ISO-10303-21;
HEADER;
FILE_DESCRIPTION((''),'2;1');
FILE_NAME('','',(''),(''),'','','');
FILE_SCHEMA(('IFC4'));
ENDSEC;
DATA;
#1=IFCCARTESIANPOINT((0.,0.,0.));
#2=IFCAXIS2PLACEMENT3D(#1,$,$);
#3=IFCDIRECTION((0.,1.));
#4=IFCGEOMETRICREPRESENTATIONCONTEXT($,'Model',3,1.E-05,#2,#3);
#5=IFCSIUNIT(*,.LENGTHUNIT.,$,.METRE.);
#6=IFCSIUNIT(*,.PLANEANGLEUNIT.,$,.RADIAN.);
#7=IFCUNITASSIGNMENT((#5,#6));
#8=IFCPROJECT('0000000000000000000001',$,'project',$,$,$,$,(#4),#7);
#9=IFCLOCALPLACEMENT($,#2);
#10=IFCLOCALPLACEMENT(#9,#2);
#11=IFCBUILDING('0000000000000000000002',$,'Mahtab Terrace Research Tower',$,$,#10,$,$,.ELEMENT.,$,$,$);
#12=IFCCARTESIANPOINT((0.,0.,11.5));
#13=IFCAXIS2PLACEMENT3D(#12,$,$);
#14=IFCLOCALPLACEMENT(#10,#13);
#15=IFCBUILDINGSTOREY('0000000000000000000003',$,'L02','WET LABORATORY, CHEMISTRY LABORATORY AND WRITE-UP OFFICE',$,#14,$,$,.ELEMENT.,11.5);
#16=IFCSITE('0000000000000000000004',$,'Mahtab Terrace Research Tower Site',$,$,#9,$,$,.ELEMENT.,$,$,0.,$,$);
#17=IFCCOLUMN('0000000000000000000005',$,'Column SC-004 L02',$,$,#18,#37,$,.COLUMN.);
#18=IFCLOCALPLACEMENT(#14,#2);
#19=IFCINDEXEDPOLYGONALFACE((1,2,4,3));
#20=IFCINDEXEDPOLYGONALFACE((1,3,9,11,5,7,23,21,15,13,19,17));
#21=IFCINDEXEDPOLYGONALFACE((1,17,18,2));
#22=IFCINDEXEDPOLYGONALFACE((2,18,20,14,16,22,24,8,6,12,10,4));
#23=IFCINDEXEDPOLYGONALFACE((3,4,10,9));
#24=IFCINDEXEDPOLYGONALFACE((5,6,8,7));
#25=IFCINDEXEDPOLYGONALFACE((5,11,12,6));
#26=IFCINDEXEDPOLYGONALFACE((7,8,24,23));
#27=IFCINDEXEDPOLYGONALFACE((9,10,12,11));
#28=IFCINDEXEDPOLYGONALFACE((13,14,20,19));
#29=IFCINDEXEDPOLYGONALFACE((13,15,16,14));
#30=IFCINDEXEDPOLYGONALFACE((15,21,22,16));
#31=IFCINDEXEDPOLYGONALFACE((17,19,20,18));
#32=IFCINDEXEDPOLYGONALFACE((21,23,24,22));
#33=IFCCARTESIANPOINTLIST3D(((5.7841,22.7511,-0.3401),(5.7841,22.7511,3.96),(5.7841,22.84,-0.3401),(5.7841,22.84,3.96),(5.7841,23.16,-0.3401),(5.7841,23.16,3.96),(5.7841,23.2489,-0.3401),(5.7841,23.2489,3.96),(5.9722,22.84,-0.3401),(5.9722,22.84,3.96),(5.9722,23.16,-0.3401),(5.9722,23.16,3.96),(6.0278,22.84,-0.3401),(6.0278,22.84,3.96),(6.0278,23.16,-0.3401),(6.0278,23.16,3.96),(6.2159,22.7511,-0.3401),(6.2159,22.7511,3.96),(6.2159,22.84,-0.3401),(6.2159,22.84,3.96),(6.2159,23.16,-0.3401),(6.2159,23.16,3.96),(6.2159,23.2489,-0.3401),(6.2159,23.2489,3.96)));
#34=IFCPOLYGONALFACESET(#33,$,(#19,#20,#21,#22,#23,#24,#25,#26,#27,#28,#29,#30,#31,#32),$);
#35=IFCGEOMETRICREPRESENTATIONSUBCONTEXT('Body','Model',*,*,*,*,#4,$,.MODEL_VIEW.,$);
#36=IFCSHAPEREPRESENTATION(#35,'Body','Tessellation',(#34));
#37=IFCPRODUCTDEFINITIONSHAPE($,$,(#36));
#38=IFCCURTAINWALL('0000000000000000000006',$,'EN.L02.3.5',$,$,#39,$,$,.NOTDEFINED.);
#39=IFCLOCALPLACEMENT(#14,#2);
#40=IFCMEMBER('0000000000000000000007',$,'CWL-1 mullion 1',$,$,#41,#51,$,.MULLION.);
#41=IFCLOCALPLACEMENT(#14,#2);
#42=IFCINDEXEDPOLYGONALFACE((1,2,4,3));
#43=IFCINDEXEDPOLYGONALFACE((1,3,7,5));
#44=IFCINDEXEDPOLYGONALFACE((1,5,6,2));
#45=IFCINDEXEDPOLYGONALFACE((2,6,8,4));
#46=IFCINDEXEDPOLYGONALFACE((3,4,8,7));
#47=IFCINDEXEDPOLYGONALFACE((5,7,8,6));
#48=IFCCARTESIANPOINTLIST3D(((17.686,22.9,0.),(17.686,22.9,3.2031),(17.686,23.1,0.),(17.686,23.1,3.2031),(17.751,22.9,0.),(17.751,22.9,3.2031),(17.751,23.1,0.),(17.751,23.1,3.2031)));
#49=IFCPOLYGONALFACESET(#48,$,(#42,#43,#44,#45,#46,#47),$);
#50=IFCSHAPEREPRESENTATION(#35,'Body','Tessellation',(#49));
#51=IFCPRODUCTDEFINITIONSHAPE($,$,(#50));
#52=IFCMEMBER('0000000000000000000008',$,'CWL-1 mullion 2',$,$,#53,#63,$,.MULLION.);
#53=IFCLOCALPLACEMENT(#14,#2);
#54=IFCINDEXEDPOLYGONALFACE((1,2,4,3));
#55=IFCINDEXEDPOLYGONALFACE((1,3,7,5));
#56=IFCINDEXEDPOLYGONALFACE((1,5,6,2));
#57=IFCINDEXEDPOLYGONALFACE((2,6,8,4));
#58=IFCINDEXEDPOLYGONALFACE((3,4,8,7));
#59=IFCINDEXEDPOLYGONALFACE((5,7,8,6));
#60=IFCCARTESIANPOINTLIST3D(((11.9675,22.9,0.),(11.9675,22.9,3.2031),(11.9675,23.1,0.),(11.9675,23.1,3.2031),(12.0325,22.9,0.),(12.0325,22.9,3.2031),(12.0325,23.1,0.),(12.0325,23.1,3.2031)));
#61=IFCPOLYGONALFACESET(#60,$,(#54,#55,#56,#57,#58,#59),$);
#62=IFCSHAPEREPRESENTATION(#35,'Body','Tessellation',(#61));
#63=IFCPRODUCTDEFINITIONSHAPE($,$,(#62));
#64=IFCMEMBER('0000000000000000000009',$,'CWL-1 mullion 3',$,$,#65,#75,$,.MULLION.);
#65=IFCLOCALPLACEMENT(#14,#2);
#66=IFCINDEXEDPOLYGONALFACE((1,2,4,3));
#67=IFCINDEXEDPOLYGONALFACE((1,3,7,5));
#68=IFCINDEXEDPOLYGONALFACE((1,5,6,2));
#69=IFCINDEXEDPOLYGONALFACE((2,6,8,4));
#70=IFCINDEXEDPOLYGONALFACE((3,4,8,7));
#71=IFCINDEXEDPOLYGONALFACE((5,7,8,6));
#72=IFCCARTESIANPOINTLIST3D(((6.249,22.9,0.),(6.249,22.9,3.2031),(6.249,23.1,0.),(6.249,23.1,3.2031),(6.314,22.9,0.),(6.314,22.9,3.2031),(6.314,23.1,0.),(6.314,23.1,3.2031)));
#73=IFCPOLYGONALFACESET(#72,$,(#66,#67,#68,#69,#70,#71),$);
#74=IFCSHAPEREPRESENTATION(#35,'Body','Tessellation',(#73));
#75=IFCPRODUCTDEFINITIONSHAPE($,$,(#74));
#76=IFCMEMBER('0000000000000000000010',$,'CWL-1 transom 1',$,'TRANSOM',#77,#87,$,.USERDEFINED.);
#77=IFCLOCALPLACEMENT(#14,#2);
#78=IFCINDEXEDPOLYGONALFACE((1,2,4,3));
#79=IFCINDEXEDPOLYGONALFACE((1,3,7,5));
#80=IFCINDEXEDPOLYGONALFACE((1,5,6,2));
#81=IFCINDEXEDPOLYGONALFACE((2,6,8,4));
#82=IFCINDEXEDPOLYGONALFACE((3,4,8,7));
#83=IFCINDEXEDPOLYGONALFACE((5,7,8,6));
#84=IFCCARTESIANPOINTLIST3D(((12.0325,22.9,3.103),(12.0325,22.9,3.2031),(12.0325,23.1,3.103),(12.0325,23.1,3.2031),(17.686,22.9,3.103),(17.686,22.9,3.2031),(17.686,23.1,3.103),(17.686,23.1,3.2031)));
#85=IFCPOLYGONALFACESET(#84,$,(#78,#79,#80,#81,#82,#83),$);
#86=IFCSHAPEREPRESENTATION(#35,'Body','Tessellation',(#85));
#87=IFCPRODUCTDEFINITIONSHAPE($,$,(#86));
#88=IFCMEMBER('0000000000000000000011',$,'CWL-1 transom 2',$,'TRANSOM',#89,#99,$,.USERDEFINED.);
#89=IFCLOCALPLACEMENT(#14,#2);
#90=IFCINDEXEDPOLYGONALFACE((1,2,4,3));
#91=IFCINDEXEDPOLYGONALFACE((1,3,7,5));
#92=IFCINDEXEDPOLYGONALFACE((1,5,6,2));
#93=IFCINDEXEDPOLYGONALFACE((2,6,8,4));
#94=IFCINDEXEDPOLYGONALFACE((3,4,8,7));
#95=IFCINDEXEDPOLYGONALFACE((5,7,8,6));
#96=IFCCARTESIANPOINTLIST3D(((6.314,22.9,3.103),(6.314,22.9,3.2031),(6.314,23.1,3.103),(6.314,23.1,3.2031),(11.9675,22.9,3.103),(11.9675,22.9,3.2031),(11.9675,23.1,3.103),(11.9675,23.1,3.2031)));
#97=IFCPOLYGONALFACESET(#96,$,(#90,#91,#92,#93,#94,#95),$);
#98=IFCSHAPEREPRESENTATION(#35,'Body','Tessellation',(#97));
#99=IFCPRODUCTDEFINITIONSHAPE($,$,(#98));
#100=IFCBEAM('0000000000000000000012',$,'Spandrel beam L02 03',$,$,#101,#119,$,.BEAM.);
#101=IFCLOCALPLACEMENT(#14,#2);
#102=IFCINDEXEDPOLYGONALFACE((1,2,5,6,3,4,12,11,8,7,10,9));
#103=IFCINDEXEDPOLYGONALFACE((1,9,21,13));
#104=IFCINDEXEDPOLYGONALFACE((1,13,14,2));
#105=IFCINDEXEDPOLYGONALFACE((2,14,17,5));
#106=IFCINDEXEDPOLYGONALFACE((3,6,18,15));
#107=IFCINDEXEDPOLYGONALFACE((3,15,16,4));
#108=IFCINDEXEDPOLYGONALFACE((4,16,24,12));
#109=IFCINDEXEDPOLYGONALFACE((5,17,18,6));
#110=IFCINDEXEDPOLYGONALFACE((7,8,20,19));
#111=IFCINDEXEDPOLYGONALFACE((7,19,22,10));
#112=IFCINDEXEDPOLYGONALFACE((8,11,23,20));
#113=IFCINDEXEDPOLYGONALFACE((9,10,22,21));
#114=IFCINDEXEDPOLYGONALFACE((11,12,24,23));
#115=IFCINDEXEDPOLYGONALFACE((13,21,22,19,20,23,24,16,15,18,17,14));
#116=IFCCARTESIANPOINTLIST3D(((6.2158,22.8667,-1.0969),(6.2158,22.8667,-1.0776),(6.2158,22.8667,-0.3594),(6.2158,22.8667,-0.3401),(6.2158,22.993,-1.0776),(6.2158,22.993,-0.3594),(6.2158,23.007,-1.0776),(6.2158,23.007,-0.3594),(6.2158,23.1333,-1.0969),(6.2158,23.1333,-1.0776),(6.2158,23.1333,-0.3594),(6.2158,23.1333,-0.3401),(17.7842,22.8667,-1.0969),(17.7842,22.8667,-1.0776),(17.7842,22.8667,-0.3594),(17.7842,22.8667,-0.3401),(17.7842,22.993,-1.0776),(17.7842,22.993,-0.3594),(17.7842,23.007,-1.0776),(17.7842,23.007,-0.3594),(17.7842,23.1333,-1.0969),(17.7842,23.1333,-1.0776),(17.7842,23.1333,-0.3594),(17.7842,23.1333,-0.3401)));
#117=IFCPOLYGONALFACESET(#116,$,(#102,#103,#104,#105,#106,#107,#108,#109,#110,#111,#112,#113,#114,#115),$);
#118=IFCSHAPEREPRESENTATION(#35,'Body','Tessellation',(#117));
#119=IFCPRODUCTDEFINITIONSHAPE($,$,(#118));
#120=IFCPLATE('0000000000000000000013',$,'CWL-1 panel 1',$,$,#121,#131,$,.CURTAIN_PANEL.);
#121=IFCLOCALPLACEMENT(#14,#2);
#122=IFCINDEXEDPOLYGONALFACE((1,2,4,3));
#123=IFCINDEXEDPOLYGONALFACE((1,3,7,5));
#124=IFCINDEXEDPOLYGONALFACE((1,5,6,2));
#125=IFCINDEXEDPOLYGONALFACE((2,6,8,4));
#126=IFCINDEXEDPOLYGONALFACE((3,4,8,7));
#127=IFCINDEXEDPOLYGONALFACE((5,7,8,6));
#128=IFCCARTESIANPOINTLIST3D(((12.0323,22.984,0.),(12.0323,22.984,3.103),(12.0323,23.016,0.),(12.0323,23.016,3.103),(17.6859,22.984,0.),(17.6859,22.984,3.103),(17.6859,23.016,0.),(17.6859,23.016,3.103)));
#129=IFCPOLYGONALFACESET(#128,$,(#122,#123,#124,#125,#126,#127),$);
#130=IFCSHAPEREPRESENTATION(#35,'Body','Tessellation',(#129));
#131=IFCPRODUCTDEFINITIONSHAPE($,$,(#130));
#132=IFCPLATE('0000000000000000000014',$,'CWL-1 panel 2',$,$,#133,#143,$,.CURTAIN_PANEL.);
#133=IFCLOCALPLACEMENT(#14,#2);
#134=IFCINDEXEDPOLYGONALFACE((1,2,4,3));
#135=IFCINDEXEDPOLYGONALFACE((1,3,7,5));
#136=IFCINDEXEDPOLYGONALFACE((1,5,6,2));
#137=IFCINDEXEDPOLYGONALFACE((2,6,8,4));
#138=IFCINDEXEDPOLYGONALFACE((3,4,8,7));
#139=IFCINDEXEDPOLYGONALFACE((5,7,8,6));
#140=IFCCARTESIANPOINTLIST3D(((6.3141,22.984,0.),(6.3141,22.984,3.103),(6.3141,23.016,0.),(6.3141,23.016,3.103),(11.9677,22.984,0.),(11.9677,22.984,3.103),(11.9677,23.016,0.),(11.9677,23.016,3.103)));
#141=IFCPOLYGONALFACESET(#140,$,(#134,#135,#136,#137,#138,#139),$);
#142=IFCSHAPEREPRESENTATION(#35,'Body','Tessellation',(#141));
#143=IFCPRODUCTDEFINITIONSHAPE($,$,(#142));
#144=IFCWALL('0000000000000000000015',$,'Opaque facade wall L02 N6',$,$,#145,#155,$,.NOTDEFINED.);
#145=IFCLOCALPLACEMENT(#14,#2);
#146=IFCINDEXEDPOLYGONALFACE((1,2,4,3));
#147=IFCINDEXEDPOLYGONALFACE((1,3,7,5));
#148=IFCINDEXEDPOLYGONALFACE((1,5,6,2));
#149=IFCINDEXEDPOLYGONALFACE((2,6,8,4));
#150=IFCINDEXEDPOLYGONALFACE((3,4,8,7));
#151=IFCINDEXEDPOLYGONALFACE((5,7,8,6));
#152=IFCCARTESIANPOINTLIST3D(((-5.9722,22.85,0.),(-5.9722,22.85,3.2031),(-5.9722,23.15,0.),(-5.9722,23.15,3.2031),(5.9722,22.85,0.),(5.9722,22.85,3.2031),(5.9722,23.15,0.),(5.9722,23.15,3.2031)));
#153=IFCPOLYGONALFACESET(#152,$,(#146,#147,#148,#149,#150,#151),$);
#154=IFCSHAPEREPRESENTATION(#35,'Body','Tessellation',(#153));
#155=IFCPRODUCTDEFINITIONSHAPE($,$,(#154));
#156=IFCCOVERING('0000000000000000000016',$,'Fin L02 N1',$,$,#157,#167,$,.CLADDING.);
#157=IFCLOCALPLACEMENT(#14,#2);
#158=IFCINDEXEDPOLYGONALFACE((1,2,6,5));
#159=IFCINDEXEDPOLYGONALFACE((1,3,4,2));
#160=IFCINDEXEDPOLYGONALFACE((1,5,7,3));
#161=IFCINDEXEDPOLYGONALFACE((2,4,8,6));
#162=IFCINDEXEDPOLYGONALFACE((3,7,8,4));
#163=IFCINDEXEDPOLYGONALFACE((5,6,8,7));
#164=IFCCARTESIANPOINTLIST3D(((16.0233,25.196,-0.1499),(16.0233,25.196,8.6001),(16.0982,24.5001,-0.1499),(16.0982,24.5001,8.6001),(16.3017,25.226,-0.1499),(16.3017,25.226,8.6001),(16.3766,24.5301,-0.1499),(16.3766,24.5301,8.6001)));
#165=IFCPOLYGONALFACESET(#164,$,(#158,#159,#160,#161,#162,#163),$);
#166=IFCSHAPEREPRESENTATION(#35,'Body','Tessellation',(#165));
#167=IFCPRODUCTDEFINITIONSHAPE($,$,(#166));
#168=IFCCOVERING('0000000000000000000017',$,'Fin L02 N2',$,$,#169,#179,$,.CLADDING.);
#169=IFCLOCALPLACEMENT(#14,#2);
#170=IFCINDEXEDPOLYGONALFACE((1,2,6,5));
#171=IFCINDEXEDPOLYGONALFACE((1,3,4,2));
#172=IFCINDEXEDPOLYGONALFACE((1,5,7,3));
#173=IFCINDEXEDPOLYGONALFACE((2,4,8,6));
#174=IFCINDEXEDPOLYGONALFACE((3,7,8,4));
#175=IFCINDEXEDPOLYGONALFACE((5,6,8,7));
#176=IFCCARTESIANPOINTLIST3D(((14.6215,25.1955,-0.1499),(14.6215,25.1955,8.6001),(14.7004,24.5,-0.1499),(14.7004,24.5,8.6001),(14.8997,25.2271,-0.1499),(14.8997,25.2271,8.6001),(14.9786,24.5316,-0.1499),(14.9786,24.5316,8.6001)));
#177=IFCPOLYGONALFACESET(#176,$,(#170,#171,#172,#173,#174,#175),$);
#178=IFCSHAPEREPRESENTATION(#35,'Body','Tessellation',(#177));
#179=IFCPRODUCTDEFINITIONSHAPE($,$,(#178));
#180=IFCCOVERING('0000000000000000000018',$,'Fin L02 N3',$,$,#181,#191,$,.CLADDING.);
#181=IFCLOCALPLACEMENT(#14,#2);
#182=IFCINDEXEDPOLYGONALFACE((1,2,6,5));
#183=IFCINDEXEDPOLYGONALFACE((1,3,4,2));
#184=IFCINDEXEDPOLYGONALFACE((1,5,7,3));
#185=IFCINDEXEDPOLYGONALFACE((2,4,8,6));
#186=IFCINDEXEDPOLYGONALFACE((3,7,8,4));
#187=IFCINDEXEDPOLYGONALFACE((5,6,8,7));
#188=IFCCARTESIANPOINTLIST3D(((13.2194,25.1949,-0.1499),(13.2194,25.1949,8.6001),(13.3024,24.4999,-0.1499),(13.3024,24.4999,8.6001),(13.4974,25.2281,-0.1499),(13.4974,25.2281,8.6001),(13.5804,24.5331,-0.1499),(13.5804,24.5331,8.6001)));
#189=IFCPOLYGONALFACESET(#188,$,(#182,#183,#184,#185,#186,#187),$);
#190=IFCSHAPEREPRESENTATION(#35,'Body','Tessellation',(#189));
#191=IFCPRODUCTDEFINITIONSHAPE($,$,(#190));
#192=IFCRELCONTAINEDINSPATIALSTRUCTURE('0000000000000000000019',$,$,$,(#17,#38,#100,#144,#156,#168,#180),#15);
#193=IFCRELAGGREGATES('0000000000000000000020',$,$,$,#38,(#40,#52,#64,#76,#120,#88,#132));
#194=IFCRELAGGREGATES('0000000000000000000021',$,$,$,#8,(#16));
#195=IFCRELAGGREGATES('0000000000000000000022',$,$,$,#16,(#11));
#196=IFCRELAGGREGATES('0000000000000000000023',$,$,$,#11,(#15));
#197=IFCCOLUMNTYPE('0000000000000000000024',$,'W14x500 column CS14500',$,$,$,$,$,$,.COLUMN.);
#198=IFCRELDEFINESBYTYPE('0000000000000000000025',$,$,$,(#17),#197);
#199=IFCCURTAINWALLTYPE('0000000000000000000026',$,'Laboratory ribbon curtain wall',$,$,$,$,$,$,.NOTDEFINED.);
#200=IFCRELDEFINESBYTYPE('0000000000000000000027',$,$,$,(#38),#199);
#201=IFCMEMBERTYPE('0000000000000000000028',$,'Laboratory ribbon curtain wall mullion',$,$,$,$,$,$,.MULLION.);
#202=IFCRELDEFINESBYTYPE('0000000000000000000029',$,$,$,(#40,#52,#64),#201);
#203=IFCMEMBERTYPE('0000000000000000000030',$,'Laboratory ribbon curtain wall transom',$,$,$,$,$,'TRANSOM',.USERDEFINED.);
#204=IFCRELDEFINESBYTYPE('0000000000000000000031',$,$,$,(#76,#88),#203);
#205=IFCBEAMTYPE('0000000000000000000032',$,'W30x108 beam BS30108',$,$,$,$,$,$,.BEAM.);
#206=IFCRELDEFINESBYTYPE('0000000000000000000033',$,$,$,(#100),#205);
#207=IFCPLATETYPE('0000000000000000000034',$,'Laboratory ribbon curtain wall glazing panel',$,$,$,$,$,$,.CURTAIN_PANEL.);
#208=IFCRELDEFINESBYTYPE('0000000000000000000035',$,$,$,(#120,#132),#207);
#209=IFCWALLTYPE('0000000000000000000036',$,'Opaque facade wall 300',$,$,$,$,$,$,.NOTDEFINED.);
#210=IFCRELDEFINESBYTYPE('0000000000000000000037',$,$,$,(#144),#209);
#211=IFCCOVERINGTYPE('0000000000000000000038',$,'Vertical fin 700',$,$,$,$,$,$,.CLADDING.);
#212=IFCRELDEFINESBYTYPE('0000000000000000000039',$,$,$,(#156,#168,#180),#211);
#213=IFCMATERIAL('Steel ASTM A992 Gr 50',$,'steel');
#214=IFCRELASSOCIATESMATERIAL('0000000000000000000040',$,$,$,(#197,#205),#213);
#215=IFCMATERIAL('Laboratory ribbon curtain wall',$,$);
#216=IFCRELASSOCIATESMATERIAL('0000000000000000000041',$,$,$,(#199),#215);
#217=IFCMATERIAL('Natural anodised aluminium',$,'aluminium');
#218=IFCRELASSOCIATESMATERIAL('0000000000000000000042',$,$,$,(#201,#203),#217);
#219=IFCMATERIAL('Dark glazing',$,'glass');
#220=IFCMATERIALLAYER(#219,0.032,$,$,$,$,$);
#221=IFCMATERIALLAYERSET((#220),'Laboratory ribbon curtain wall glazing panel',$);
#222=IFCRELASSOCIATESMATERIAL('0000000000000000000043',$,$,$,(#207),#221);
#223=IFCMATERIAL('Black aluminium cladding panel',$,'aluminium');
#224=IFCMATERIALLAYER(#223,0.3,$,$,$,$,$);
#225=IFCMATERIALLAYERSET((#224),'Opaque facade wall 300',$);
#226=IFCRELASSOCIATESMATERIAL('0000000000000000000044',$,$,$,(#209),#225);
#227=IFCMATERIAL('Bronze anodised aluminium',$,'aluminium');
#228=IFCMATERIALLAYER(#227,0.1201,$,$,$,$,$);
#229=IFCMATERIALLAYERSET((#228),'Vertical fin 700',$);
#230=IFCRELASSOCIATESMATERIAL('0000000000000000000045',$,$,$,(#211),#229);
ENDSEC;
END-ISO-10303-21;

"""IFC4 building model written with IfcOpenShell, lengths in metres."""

from ifc_helpers import new_model, si_unit, direction, frame, frame_2d, origin, origin_2d, place, context, subcontext, project, spatial, rectangle, i_section, extrude, material, layer, layer_set, material_profile, profile_set, type_object, element, aggregate, save


model = new_model("IFC4")

# Units and contexts
model_context = context("Model", 3, precision=1e-05, world=origin(), true_north=direction((0.0, 1.0)))
body_context = subcontext(model_context, "Body", "Model", "MODEL_VIEW")
ifc_project = project(units=[si_unit("LENGTHUNIT", "METRE"), si_unit("PLANEANGLEUNIT", "RADIAN")], contexts=[model_context])

# Site, building, storey
site_placement = place(None, origin())
site = spatial("IfcSite", under=ifc_project, at=site_placement, Name="Mahtab Terrace Research Tower Site", CompositionType="ELEMENT", RefElevation=0.0)
building_placement = place(site_placement, origin())
building = spatial("IfcBuilding", under=site, at=building_placement, Name="Mahtab Terrace Research Tower", CompositionType="ELEMENT")
storey_placement = place(building_placement, frame((0.0, 0.0, 11.5)))
storey = spatial("IfcBuildingStorey", under=building, at=storey_placement, Name="L02", Description="WET LABORATORY, CHEMISTRY LABORATORY AND WRITE-UP OFFICE", CompositionType="ELEMENT", Elevation=11.5)

# Column
ifc_material_1 = material(Name="Steel ASTM A992 Gr 50", Category="steel")
ifc_material_profile_1 = material_profile(ifc_material_1, i_section(OverallWidth=0.4319, OverallDepth=0.4978, WebThickness=0.0557, FlangeThickness=0.0889, at=origin_2d()), Name="W14X500")
ifc_profile_set_1 = profile_set([ifc_material_profile_1], Name="Steel ASTM A992 Gr 50")
column_type = type_object("IfcColumnType", Name="W14x500 column CS14500", PredefinedType="COLUMN", material=ifc_profile_set_1)
column_placement = place(storey_placement, frame((6.0, 23.0, -0.3401), z_axis=(0.0, 0.0, 1.0), x_axis=(1.0, 0.0, 0.0)))
element("IfcColumn", 1, at=column_placement, inside=storey, type_object=column_type, Name="Column SC-004 L02", PredefinedType="COLUMN", context=body_context, shape_type="SweptSolid", body=[
    extrude(i_section(OverallWidth=0.4319, OverallDepth=0.4978, WebThickness=0.0557, FlangeThickness=0.0889, at=origin_2d()), origin(), (0.0, 0.0, 1.0), 4.3),
])

# Curtain wall, members
ifc_material_2 = material(Name="Laboratory ribbon curtain wall")
curtain_wall_type = type_object("IfcCurtainWallType", Name="Laboratory ribbon curtain wall", PredefinedType="NOTDEFINED", material=ifc_material_2)
curtain_wall_placement = place(storey_placement, origin())
curtain_wall = element("IfcCurtainWall", 2, at=curtain_wall_placement, inside=storey, type_object=curtain_wall_type, Name="EN.L02.3.5", PredefinedType="NOTDEFINED")
ifc_material_3 = material(Name="Natural anodised aluminium", Category="aluminium")
ifc_material_profile_2 = material_profile(ifc_material_3, rectangle(XDim=0.2, YDim=0.0649, at=origin_2d()), Name="MULLION 65x200")
ifc_profile_set_2 = profile_set([ifc_material_profile_2], Name="Natural anodised aluminium")
member_type_1 = type_object("IfcMemberType", Name="Laboratory ribbon curtain wall mullion", PredefinedType="MULLION", material=ifc_profile_set_2)
member_1_placement = place(storey_placement, frame((17.7185, 23.0, 0.0), z_axis=(0.0, 0.0, 1.0), x_axis=(0.0, -1.0, 0.0)))
member_1 = element("IfcMember", 3, at=member_1_placement, type_object=member_type_1, Name="CWL-1 mullion 1", PredefinedType="MULLION", context=body_context, shape_type="SweptSolid", body=[
    extrude(rectangle(XDim=0.2, YDim=0.0649, at=origin_2d()), origin(), (0.0, 0.0, 1.0), 3.2031),
])
member_2_placement = place(storey_placement, frame((12.0, 23.0, 0.0), z_axis=(0.0, 0.0, 1.0), x_axis=(0.0, -1.0, 0.0)))
member_2 = element("IfcMember", 4, at=member_2_placement, type_object=member_type_1, Name="CWL-1 mullion 2", PredefinedType="MULLION", context=body_context, shape_type="SweptSolid", body=[
    extrude(rectangle(XDim=0.2, YDim=0.0649, at=origin_2d()), origin(), (0.0, 0.0, 1.0), 3.2031),
])
member_3_placement = place(storey_placement, frame((6.2815, 23.0, 0.0), z_axis=(0.0, 0.0, 1.0), x_axis=(0.0, -1.0, 0.0)))
member_3 = element("IfcMember", 5, at=member_3_placement, type_object=member_type_1, Name="CWL-1 mullion 3", PredefinedType="MULLION", context=body_context, shape_type="SweptSolid", body=[
    extrude(rectangle(XDim=0.2, YDim=0.0649, at=origin_2d()), origin(), (0.0, 0.0, 1.0), 3.2031),
])
ifc_material_profile_3 = material_profile(ifc_material_3, rectangle(XDim=0.2, YDim=0.1001, at=origin_2d()), Name="TRANSOM 100x200")
ifc_profile_set_3 = profile_set([ifc_material_profile_3], Name="Natural anodised aluminium")
member_type_2 = type_object("IfcMemberType", Name="Laboratory ribbon curtain wall transom", ElementType="TRANSOM", PredefinedType="USERDEFINED", material=ifc_profile_set_3)
member_4_placement = place(storey_placement, frame((17.686, 23.0, 3.1531), z_axis=(-1.0, 0.0, 0.0), x_axis=(0.0, -1.0, 0.0)))
member_4 = element("IfcMember", 6, at=member_4_placement, type_object=member_type_2, Name="CWL-1 transom 1", ObjectType="TRANSOM", PredefinedType="USERDEFINED", context=body_context, shape_type="SweptSolid", body=[
    extrude(rectangle(XDim=0.2, YDim=0.1001, at=origin_2d()), origin(), (0.0, 0.0, 1.0), 5.6536),
])
member_5_placement = place(storey_placement, frame((11.9675, 23.0, 3.1531), z_axis=(-1.0, 0.0, 0.0), x_axis=(0.0, -1.0, 0.0)))
member_5 = element("IfcMember", 7, at=member_5_placement, type_object=member_type_2, Name="CWL-1 transom 2", ObjectType="TRANSOM", PredefinedType="USERDEFINED", context=body_context, shape_type="SweptSolid", body=[
    extrude(rectangle(XDim=0.2, YDim=0.1001, at=origin_2d()), origin(), (0.0, 0.0, 1.0), 5.6536),
])

# Beam
ifc_material_profile_4 = material_profile(ifc_material_1, i_section(OverallWidth=0.2666, OverallDepth=0.7568, WebThickness=0.0139, FlangeThickness=0.0193, at=origin_2d()), Name="W30X108")
ifc_profile_set_4 = profile_set([ifc_material_profile_4], Name="Steel ASTM A992 Gr 50")
beam_type = type_object("IfcBeamType", Name="W30x108 beam BS30108", PredefinedType="BEAM", material=ifc_profile_set_4)
beam_placement = place(storey_placement, frame((17.7842, 23.0, -0.7185), z_axis=(-1.0, 0.0, 0.0), x_axis=(0.0, -1.0, 0.0)))
element("IfcBeam", 8, at=beam_placement, inside=storey, type_object=beam_type, Name="Spandrel beam L02 03", PredefinedType="BEAM", context=body_context, shape_type="SweptSolid", body=[
    extrude(i_section(OverallWidth=0.2666, OverallDepth=0.7568, WebThickness=0.0139, FlangeThickness=0.0193, at=origin_2d()), origin(), (0.0, 0.0, 1.0), 11.5684),
])

# Plates
ifc_material_4 = material(Name="Dark glazing", Category="glass")
ifc_layer_1 = layer(ifc_material_4, 0.032)
ifc_layer_set_1 = layer_set([ifc_layer_1], Name="Laboratory ribbon curtain wall glazing panel")
plate_type = type_object("IfcPlateType", Name="Laboratory ribbon curtain wall glazing panel", PredefinedType="CURTAIN_PANEL", material=ifc_layer_set_1)
plate_1_placement = place(storey_placement, frame((14.8591, 23.0, 0.0), z_axis=(0.0, 0.0, 1.0), x_axis=(-1.0, 0.0, 0.0)))
plate_1 = element("IfcPlate", 9, at=plate_1_placement, type_object=plate_type, Name="CWL-1 panel 1", PredefinedType="CURTAIN_PANEL", context=body_context, shape_type="SweptSolid", body=[
    extrude(rectangle(XDim=5.6536, YDim=0.032, at=origin_2d()), origin(), (0.0, 0.0, 1.0), 3.103),
])
plate_2_placement = place(storey_placement, frame((9.1409, 23.0, 0.0), z_axis=(0.0, 0.0, 1.0), x_axis=(-1.0, 0.0, 0.0)))
plate_2 = element("IfcPlate", 10, at=plate_2_placement, type_object=plate_type, Name="CWL-1 panel 2", PredefinedType="CURTAIN_PANEL", context=body_context, shape_type="SweptSolid", body=[
    extrude(rectangle(XDim=5.6536, YDim=0.032, at=origin_2d()), origin(), (0.0, 0.0, 1.0), 3.103),
])
aggregate(curtain_wall, [member_1, member_2, member_3, member_4, plate_1, member_5, plate_2])

# Wall
ifc_material_5 = material(Name="Black aluminium cladding panel", Category="aluminium")
ifc_layer_2 = layer(ifc_material_5, 0.3)
ifc_layer_set_2 = layer_set([ifc_layer_2], Name="Opaque facade wall 300")
wall_type = type_object("IfcWallType", Name="Opaque facade wall 300", PredefinedType="NOTDEFINED", material=ifc_layer_set_2)
wall_placement = place(storey_placement, frame((5.9722, 23.0, 0.0), z_axis=(0.0, 0.0, 1.0), x_axis=(-1.0, 0.0, 0.0)))
element("IfcWall", 11, at=wall_placement, inside=storey, type_object=wall_type, Name="Opaque facade wall L02 N6", PredefinedType="NOTDEFINED", context=body_context, shape_type="SweptSolid", body=[
    extrude(rectangle(XDim=11.9443, YDim=0.3, at=frame_2d((5.9722, 0.0))), origin(), (0.0, 0.0, 1.0), 3.2031),
])

# Coverings
ifc_material_6 = material(Name="Bronze anodised aluminium", Category="aluminium")
ifc_layer_3 = layer(ifc_material_6, 0.1201)
ifc_layer_set_3 = layer_set([ifc_layer_3], Name="Vertical fin 700")
covering_type = type_object("IfcCoveringType", Name="Vertical fin 700", PredefinedType="CLADDING", material=ifc_layer_set_3)
for number, where, z_axis, x_axis, name in (
    (12, (16.2, 24.863, -0.1499), (0.0, 0.0, 1.0), (-0.994258, -0.107008, 0.0), "Fin L02 N1"),
    (13, (14.8, 24.8635, -0.1499), (0.0, 0.0, 1.0), (-0.993619, -0.11279, 0.0), "Fin L02 N2"),
    (14, (13.3999, 24.864, -0.1499), (0.0, 0.0, 1.0), (-0.992946, -0.118569, 0.0), "Fin L02 N3"),
):
    element("IfcCovering", number, at=place(storey_placement, frame(where, z_axis=z_axis, x_axis=x_axis)), inside=storey, type_object=covering_type, Name=name, PredefinedType="CLADDING", context=body_context, shape_type="SweptSolid", body=[
        extrude(rectangle(XDim=0.28, YDim=0.7, at=origin_2d()), origin(), (0.0, 0.0, 1.0), 8.75),
    ])

save(model, "model.ifc")
